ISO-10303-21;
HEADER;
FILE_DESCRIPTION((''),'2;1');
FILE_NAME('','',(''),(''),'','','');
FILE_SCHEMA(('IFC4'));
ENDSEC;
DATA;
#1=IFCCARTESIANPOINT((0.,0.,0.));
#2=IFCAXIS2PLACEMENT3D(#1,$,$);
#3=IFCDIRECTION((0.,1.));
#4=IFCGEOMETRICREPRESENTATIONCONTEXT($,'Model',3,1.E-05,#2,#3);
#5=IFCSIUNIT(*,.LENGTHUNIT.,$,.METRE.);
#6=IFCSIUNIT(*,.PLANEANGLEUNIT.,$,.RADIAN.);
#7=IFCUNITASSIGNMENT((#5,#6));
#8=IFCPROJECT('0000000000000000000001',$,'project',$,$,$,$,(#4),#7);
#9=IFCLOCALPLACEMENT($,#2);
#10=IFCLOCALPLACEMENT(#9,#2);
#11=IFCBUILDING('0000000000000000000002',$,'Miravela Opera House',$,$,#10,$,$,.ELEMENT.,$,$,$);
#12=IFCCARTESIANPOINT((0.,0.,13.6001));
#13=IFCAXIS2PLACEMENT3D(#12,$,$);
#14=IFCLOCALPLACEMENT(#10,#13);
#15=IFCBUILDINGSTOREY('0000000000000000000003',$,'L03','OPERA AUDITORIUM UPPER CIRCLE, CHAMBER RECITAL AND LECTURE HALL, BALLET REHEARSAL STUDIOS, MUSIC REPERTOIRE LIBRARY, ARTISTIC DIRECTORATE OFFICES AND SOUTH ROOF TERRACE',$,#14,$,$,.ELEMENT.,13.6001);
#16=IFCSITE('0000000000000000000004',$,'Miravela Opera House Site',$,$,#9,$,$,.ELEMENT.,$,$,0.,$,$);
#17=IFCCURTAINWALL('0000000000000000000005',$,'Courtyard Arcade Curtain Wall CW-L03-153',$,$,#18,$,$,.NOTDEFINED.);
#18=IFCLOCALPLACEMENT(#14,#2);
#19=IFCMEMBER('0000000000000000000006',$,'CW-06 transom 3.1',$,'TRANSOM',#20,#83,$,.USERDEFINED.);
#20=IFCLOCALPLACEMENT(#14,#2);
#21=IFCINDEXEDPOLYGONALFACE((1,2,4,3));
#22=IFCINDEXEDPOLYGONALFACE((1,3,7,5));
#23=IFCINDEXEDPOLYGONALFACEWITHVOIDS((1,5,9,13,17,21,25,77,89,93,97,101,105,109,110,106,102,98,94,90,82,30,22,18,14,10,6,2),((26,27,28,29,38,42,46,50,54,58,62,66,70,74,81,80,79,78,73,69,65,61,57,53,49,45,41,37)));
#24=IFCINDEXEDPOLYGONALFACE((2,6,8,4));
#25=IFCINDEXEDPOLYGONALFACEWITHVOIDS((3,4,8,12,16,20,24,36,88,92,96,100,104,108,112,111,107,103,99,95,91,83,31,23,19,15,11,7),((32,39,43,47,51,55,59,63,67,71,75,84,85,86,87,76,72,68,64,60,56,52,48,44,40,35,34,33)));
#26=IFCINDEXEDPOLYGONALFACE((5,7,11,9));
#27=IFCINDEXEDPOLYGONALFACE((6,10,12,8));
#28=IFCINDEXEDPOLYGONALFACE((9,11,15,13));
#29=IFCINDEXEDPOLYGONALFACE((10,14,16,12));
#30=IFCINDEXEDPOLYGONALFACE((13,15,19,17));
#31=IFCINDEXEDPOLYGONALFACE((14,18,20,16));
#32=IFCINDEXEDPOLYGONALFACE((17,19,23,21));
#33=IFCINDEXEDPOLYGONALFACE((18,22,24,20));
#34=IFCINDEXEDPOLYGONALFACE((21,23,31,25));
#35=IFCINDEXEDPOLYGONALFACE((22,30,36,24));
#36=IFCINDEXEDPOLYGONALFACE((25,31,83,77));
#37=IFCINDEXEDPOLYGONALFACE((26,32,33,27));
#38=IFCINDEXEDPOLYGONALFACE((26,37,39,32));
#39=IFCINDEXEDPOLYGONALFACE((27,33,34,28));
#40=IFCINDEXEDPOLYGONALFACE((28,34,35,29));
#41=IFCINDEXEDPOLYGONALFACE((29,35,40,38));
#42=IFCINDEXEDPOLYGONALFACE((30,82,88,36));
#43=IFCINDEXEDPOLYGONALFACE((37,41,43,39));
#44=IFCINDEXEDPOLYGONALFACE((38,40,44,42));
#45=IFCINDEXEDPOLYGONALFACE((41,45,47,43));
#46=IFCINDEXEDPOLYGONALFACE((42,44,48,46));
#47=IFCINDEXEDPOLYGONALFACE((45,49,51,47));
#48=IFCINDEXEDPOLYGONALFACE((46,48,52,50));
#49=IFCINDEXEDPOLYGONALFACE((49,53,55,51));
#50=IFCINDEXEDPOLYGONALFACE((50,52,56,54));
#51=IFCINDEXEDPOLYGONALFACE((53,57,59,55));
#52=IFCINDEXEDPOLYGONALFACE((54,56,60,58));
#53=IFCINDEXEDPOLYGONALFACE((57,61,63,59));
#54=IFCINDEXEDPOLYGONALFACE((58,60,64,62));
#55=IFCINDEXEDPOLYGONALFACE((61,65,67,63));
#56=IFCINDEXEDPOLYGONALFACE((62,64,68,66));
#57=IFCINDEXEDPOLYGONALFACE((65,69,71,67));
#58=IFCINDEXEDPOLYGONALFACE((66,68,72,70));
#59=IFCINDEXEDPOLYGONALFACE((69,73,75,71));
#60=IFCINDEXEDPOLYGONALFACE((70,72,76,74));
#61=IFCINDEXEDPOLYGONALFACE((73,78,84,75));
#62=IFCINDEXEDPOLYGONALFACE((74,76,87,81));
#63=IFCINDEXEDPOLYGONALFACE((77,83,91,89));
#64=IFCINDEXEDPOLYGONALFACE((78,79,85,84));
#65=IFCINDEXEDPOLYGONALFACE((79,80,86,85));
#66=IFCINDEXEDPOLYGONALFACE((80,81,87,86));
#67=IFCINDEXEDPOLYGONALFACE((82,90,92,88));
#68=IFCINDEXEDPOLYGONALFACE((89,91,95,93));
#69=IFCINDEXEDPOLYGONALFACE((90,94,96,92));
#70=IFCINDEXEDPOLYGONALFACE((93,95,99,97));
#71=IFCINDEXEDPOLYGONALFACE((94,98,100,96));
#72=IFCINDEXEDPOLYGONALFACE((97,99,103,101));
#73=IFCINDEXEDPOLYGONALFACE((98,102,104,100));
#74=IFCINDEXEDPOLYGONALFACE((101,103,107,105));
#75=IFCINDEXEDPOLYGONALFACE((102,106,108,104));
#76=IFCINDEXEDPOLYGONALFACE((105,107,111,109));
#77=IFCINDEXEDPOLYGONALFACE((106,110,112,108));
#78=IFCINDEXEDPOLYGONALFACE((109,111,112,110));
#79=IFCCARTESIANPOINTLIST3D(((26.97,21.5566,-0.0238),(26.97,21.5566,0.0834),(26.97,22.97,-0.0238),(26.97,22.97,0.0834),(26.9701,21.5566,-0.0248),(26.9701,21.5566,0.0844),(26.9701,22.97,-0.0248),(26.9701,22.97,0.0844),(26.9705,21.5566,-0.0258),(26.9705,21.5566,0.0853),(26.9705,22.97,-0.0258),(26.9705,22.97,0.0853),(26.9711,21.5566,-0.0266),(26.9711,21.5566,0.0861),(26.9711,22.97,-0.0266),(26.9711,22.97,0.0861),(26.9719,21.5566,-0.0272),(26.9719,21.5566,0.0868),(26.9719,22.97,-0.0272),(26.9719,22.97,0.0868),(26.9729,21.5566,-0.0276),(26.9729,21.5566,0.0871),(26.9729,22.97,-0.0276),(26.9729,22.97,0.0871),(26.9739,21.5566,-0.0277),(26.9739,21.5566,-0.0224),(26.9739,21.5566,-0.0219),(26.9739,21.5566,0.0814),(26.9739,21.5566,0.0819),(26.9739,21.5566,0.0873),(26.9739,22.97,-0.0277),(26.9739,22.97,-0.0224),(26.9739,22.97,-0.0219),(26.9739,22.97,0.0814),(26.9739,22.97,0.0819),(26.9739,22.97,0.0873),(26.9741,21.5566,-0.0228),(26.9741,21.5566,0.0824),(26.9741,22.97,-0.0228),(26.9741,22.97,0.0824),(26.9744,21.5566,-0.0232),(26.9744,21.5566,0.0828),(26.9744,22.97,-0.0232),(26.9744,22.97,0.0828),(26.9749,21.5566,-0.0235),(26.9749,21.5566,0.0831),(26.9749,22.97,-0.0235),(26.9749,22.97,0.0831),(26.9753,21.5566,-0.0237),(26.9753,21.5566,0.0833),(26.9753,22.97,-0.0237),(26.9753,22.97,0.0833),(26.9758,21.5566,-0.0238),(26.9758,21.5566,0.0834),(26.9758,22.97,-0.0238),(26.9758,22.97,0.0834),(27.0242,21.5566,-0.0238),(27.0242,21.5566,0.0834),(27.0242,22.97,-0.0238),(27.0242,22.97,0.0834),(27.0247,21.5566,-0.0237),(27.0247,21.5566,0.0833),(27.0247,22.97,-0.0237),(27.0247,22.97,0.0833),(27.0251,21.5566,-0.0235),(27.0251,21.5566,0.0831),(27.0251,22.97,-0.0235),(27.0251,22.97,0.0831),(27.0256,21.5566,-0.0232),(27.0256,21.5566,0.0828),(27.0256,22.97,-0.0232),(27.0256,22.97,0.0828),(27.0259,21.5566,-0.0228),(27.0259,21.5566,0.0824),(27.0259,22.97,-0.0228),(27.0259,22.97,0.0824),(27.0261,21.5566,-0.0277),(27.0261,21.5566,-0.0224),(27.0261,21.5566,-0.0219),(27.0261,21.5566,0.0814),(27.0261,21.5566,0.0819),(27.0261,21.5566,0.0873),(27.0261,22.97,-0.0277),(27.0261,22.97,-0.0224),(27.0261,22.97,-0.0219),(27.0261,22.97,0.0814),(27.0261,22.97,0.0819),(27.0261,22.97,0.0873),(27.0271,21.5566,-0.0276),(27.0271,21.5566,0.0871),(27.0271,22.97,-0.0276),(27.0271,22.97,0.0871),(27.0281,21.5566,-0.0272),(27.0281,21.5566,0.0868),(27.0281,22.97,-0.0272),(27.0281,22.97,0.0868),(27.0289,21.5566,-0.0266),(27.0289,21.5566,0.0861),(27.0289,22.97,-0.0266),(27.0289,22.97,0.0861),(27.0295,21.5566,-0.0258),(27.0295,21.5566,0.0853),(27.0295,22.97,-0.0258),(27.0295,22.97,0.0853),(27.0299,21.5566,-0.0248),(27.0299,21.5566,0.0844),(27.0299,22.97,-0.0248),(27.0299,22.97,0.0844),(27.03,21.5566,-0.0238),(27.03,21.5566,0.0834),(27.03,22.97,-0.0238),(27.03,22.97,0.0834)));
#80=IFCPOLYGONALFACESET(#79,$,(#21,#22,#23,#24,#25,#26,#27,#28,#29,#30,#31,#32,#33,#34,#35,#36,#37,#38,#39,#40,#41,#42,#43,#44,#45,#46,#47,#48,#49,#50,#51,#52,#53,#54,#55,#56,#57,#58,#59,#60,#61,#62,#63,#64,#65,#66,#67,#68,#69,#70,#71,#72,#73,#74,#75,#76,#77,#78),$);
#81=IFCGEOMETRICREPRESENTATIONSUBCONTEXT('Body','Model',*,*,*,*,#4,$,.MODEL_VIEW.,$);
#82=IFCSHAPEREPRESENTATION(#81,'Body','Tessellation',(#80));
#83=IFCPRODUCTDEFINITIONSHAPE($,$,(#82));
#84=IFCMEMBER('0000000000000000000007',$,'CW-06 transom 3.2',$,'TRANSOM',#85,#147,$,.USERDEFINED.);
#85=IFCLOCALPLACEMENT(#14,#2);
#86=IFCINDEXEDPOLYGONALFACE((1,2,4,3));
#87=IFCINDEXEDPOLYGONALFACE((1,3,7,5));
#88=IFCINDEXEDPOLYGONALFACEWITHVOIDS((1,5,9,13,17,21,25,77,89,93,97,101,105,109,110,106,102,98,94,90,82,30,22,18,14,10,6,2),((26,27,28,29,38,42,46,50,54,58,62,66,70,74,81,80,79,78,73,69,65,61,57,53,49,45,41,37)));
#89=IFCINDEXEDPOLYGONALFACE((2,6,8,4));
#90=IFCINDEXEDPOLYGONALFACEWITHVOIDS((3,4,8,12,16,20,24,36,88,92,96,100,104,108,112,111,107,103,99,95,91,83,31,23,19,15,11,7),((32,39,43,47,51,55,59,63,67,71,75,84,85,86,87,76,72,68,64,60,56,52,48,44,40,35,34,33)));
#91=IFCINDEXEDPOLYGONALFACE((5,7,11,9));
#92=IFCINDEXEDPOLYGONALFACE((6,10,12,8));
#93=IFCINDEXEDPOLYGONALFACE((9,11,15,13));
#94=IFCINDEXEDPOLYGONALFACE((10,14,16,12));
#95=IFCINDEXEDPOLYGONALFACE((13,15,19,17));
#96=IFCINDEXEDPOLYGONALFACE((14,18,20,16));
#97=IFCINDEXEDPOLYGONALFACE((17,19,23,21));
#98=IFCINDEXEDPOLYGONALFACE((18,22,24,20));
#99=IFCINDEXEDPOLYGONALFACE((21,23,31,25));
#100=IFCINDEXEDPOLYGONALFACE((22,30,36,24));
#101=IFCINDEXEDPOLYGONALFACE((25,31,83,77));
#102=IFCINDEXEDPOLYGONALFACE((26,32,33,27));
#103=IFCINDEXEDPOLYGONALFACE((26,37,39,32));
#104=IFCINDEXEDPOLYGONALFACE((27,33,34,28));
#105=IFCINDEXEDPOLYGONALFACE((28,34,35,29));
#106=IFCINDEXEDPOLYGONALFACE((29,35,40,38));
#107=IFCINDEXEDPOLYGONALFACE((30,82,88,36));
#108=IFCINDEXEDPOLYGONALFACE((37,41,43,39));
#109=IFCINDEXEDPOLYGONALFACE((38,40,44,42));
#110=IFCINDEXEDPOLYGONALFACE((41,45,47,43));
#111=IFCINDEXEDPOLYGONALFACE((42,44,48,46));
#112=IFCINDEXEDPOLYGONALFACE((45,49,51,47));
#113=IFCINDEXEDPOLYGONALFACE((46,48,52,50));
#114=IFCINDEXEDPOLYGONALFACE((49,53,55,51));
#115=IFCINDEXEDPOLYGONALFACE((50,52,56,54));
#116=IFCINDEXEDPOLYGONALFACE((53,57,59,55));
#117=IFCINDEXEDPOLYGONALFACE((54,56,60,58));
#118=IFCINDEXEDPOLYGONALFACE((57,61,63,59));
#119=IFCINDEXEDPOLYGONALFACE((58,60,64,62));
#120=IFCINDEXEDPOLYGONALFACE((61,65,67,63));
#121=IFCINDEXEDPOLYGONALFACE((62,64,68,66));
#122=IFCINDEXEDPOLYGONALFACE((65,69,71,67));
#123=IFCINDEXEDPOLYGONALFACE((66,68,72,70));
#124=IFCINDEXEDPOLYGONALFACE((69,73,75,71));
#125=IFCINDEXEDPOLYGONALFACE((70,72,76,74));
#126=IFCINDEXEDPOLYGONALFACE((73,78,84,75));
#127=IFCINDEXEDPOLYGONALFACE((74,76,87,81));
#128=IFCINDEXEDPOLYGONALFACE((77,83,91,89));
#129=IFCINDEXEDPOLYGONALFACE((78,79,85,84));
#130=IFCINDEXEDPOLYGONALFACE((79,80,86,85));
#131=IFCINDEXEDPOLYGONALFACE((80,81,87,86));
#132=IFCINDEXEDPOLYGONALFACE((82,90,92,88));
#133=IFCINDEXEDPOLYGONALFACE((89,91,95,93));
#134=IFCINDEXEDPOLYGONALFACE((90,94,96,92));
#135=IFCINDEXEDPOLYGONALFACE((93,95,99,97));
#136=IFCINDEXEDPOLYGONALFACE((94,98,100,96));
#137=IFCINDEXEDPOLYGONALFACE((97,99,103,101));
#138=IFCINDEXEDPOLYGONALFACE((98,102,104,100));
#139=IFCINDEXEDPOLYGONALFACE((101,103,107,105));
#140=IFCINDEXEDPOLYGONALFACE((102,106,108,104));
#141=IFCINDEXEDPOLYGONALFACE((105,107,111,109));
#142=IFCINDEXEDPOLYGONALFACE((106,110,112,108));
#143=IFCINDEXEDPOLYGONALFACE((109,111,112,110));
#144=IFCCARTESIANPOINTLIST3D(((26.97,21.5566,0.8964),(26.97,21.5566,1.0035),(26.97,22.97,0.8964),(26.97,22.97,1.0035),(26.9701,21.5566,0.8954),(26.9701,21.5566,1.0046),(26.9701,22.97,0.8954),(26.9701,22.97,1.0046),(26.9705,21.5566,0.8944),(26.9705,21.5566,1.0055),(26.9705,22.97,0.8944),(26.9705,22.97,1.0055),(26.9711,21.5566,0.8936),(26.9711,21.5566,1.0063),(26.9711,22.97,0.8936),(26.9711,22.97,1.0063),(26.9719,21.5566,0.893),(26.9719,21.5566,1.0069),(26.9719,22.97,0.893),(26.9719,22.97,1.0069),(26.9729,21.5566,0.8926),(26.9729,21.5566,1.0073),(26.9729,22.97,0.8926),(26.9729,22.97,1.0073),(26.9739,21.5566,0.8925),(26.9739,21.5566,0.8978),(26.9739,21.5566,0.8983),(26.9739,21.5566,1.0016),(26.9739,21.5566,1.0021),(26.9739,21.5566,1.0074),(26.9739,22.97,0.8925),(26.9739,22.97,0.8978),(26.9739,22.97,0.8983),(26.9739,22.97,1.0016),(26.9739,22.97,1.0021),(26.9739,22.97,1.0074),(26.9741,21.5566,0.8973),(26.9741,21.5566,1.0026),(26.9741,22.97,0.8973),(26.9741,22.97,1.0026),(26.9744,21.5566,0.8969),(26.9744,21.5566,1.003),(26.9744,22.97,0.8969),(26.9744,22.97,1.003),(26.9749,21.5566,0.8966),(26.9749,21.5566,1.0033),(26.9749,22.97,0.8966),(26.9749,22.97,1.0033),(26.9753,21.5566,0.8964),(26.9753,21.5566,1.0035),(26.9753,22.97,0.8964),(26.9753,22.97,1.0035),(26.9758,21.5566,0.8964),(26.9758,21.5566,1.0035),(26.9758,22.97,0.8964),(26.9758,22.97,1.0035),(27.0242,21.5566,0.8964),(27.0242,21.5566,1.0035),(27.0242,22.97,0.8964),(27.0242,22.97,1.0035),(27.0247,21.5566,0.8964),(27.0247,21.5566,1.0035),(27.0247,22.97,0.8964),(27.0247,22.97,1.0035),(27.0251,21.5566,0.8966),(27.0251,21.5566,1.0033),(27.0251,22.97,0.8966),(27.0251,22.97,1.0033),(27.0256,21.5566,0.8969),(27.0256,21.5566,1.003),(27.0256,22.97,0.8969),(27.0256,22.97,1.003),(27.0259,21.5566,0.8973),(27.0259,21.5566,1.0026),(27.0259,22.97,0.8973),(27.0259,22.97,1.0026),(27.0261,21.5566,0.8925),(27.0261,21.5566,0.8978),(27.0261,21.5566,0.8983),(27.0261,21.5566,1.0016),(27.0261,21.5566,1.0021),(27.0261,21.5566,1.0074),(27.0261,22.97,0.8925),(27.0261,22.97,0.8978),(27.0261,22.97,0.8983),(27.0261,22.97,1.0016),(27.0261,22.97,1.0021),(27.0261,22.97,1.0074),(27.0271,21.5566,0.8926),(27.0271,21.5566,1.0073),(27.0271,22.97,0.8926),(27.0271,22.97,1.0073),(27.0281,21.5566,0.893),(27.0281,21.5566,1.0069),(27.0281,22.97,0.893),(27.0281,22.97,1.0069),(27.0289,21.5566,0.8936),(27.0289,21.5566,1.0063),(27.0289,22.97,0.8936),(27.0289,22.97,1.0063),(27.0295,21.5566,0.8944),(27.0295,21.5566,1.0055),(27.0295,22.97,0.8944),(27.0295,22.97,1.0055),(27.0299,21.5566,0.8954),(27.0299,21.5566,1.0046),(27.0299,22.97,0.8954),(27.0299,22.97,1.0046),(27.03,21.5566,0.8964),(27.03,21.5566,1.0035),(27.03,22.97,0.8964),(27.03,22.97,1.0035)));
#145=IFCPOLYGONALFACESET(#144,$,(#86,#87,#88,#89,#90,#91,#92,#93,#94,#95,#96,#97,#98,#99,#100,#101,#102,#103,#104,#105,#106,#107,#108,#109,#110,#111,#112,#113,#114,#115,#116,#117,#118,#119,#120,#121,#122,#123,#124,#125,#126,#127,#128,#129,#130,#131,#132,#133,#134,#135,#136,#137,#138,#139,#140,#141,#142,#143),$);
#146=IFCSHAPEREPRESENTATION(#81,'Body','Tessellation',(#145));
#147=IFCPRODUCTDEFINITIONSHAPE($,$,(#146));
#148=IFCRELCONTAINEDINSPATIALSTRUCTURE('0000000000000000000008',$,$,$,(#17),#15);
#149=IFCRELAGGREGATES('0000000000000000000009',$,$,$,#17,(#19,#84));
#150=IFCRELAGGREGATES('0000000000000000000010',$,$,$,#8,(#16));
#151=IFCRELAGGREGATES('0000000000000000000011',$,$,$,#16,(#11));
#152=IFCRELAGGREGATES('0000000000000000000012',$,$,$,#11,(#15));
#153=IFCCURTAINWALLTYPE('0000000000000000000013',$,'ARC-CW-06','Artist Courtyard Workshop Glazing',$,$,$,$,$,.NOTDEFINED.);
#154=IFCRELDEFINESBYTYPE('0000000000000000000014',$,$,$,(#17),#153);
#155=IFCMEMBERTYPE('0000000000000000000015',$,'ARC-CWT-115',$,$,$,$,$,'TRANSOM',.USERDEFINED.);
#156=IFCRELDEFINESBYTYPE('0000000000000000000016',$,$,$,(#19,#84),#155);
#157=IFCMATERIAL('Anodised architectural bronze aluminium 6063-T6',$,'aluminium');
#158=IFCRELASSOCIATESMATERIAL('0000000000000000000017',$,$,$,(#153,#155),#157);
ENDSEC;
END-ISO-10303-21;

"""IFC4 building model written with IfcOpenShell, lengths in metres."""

from ifc_helpers import new_model, si_unit, direction, frame, origin, origin_2d, place, context, subcontext, project, spatial, hollow_rectangle, extrude, material, material_profile, profile_set, type_object, element, aggregate, save


model = new_model("IFC4")

# Units and contexts
model_context = context("Model", 3, precision=1e-05, world=origin(), true_north=direction((0.0, 1.0)))
body_context = subcontext(model_context, "Body", "Model", "MODEL_VIEW")
ifc_project = project(units=[si_unit("LENGTHUNIT", "METRE"), si_unit("PLANEANGLEUNIT", "RADIAN")], contexts=[model_context])

# Site, building, storey
site_placement = place(None, origin())
site = spatial("IfcSite", under=ifc_project, at=site_placement, Name="Miravela Opera House Site", CompositionType="ELEMENT", RefElevation=0.0)
building_placement = place(site_placement, origin())
building = spatial("IfcBuilding", under=site, at=building_placement, Name="Miravela Opera House", CompositionType="ELEMENT")
storey_placement = place(building_placement, frame((0.0, 0.0, 13.6001)))
storey = spatial("IfcBuildingStorey", under=building, at=storey_placement, Name="L03", Description="OPERA AUDITORIUM UPPER CIRCLE, CHAMBER RECITAL AND LECTURE HALL, BALLET REHEARSAL STUDIOS, MUSIC REPERTOIRE LIBRARY, ARTISTIC DIRECTORATE OFFICES AND SOUTH ROOF TERRACE", CompositionType="ELEMENT", Elevation=13.6001)

# Curtain wall, members
ifc_material_1 = material(Name="Anodised architectural bronze aluminium 6063-T6", Category="aluminium")
curtain_wall_type = type_object("IfcCurtainWallType", Name="ARC-CW-06", Description="Artist Courtyard Workshop Glazing", PredefinedType="NOTDEFINED", material=ifc_material_1)
curtain_wall_placement = place(storey_placement, origin())
curtain_wall = element("IfcCurtainWall", 1, at=curtain_wall_placement, inside=storey, type_object=curtain_wall_type, Name="Courtyard Arcade Curtain Wall CW-L03-153", PredefinedType="NOTDEFINED")
ifc_material_profile_1 = material_profile(ifc_material_1, hollow_rectangle(XDim=0.0601, YDim=0.115, WallThickness=0.0039, InnerFilletRadius=0.002, OuterFilletRadius=0.0039, at=origin_2d()), Name="CWT-60X115")
ifc_profile_set_1 = profile_set([ifc_material_profile_1])
member_type_1 = type_object("IfcMemberType", Name="ARC-CWT-115", ElementType="TRANSOM", PredefinedType="USERDEFINED", material=ifc_profile_set_1)
member_1_placement = place(storey_placement, frame((27.0, 21.5566, 0.0298), z_axis=(0.0, 1.0, 0.0), x_axis=(-1.0, 0.0, 0.0)))
member_1 = element("IfcMember", 2, at=member_1_placement, type_object=member_type_1, Name="CW-06 transom 3.1", ObjectType="TRANSOM", PredefinedType="USERDEFINED", context=body_context, shape_type="SweptSolid", body=[
    extrude(hollow_rectangle(XDim=0.0601, YDim=0.115, WallThickness=0.0039, InnerFilletRadius=0.002, OuterFilletRadius=0.0039, at=origin_2d()), origin(), (0.0, 0.0, 1.0), 1.4133),
])
member_2_placement = place(storey_placement, frame((27.0, 21.5566, 0.95), z_axis=(0.0, 1.0, 0.0), x_axis=(-1.0, 0.0, 0.0)))
member_2 = element("IfcMember", 3, at=member_2_placement, type_object=member_type_1, Name="CW-06 transom 3.2", ObjectType="TRANSOM", PredefinedType="USERDEFINED", context=body_context, shape_type="SweptSolid", body=[
    extrude(hollow_rectangle(XDim=0.0601, YDim=0.115, WallThickness=0.0039, InnerFilletRadius=0.002, OuterFilletRadius=0.0039, at=origin_2d()), origin(), (0.0, 0.0, 1.0), 1.4133),
])
aggregate(curtain_wall, [member_1, member_2])

save(model, "model.ifc")
